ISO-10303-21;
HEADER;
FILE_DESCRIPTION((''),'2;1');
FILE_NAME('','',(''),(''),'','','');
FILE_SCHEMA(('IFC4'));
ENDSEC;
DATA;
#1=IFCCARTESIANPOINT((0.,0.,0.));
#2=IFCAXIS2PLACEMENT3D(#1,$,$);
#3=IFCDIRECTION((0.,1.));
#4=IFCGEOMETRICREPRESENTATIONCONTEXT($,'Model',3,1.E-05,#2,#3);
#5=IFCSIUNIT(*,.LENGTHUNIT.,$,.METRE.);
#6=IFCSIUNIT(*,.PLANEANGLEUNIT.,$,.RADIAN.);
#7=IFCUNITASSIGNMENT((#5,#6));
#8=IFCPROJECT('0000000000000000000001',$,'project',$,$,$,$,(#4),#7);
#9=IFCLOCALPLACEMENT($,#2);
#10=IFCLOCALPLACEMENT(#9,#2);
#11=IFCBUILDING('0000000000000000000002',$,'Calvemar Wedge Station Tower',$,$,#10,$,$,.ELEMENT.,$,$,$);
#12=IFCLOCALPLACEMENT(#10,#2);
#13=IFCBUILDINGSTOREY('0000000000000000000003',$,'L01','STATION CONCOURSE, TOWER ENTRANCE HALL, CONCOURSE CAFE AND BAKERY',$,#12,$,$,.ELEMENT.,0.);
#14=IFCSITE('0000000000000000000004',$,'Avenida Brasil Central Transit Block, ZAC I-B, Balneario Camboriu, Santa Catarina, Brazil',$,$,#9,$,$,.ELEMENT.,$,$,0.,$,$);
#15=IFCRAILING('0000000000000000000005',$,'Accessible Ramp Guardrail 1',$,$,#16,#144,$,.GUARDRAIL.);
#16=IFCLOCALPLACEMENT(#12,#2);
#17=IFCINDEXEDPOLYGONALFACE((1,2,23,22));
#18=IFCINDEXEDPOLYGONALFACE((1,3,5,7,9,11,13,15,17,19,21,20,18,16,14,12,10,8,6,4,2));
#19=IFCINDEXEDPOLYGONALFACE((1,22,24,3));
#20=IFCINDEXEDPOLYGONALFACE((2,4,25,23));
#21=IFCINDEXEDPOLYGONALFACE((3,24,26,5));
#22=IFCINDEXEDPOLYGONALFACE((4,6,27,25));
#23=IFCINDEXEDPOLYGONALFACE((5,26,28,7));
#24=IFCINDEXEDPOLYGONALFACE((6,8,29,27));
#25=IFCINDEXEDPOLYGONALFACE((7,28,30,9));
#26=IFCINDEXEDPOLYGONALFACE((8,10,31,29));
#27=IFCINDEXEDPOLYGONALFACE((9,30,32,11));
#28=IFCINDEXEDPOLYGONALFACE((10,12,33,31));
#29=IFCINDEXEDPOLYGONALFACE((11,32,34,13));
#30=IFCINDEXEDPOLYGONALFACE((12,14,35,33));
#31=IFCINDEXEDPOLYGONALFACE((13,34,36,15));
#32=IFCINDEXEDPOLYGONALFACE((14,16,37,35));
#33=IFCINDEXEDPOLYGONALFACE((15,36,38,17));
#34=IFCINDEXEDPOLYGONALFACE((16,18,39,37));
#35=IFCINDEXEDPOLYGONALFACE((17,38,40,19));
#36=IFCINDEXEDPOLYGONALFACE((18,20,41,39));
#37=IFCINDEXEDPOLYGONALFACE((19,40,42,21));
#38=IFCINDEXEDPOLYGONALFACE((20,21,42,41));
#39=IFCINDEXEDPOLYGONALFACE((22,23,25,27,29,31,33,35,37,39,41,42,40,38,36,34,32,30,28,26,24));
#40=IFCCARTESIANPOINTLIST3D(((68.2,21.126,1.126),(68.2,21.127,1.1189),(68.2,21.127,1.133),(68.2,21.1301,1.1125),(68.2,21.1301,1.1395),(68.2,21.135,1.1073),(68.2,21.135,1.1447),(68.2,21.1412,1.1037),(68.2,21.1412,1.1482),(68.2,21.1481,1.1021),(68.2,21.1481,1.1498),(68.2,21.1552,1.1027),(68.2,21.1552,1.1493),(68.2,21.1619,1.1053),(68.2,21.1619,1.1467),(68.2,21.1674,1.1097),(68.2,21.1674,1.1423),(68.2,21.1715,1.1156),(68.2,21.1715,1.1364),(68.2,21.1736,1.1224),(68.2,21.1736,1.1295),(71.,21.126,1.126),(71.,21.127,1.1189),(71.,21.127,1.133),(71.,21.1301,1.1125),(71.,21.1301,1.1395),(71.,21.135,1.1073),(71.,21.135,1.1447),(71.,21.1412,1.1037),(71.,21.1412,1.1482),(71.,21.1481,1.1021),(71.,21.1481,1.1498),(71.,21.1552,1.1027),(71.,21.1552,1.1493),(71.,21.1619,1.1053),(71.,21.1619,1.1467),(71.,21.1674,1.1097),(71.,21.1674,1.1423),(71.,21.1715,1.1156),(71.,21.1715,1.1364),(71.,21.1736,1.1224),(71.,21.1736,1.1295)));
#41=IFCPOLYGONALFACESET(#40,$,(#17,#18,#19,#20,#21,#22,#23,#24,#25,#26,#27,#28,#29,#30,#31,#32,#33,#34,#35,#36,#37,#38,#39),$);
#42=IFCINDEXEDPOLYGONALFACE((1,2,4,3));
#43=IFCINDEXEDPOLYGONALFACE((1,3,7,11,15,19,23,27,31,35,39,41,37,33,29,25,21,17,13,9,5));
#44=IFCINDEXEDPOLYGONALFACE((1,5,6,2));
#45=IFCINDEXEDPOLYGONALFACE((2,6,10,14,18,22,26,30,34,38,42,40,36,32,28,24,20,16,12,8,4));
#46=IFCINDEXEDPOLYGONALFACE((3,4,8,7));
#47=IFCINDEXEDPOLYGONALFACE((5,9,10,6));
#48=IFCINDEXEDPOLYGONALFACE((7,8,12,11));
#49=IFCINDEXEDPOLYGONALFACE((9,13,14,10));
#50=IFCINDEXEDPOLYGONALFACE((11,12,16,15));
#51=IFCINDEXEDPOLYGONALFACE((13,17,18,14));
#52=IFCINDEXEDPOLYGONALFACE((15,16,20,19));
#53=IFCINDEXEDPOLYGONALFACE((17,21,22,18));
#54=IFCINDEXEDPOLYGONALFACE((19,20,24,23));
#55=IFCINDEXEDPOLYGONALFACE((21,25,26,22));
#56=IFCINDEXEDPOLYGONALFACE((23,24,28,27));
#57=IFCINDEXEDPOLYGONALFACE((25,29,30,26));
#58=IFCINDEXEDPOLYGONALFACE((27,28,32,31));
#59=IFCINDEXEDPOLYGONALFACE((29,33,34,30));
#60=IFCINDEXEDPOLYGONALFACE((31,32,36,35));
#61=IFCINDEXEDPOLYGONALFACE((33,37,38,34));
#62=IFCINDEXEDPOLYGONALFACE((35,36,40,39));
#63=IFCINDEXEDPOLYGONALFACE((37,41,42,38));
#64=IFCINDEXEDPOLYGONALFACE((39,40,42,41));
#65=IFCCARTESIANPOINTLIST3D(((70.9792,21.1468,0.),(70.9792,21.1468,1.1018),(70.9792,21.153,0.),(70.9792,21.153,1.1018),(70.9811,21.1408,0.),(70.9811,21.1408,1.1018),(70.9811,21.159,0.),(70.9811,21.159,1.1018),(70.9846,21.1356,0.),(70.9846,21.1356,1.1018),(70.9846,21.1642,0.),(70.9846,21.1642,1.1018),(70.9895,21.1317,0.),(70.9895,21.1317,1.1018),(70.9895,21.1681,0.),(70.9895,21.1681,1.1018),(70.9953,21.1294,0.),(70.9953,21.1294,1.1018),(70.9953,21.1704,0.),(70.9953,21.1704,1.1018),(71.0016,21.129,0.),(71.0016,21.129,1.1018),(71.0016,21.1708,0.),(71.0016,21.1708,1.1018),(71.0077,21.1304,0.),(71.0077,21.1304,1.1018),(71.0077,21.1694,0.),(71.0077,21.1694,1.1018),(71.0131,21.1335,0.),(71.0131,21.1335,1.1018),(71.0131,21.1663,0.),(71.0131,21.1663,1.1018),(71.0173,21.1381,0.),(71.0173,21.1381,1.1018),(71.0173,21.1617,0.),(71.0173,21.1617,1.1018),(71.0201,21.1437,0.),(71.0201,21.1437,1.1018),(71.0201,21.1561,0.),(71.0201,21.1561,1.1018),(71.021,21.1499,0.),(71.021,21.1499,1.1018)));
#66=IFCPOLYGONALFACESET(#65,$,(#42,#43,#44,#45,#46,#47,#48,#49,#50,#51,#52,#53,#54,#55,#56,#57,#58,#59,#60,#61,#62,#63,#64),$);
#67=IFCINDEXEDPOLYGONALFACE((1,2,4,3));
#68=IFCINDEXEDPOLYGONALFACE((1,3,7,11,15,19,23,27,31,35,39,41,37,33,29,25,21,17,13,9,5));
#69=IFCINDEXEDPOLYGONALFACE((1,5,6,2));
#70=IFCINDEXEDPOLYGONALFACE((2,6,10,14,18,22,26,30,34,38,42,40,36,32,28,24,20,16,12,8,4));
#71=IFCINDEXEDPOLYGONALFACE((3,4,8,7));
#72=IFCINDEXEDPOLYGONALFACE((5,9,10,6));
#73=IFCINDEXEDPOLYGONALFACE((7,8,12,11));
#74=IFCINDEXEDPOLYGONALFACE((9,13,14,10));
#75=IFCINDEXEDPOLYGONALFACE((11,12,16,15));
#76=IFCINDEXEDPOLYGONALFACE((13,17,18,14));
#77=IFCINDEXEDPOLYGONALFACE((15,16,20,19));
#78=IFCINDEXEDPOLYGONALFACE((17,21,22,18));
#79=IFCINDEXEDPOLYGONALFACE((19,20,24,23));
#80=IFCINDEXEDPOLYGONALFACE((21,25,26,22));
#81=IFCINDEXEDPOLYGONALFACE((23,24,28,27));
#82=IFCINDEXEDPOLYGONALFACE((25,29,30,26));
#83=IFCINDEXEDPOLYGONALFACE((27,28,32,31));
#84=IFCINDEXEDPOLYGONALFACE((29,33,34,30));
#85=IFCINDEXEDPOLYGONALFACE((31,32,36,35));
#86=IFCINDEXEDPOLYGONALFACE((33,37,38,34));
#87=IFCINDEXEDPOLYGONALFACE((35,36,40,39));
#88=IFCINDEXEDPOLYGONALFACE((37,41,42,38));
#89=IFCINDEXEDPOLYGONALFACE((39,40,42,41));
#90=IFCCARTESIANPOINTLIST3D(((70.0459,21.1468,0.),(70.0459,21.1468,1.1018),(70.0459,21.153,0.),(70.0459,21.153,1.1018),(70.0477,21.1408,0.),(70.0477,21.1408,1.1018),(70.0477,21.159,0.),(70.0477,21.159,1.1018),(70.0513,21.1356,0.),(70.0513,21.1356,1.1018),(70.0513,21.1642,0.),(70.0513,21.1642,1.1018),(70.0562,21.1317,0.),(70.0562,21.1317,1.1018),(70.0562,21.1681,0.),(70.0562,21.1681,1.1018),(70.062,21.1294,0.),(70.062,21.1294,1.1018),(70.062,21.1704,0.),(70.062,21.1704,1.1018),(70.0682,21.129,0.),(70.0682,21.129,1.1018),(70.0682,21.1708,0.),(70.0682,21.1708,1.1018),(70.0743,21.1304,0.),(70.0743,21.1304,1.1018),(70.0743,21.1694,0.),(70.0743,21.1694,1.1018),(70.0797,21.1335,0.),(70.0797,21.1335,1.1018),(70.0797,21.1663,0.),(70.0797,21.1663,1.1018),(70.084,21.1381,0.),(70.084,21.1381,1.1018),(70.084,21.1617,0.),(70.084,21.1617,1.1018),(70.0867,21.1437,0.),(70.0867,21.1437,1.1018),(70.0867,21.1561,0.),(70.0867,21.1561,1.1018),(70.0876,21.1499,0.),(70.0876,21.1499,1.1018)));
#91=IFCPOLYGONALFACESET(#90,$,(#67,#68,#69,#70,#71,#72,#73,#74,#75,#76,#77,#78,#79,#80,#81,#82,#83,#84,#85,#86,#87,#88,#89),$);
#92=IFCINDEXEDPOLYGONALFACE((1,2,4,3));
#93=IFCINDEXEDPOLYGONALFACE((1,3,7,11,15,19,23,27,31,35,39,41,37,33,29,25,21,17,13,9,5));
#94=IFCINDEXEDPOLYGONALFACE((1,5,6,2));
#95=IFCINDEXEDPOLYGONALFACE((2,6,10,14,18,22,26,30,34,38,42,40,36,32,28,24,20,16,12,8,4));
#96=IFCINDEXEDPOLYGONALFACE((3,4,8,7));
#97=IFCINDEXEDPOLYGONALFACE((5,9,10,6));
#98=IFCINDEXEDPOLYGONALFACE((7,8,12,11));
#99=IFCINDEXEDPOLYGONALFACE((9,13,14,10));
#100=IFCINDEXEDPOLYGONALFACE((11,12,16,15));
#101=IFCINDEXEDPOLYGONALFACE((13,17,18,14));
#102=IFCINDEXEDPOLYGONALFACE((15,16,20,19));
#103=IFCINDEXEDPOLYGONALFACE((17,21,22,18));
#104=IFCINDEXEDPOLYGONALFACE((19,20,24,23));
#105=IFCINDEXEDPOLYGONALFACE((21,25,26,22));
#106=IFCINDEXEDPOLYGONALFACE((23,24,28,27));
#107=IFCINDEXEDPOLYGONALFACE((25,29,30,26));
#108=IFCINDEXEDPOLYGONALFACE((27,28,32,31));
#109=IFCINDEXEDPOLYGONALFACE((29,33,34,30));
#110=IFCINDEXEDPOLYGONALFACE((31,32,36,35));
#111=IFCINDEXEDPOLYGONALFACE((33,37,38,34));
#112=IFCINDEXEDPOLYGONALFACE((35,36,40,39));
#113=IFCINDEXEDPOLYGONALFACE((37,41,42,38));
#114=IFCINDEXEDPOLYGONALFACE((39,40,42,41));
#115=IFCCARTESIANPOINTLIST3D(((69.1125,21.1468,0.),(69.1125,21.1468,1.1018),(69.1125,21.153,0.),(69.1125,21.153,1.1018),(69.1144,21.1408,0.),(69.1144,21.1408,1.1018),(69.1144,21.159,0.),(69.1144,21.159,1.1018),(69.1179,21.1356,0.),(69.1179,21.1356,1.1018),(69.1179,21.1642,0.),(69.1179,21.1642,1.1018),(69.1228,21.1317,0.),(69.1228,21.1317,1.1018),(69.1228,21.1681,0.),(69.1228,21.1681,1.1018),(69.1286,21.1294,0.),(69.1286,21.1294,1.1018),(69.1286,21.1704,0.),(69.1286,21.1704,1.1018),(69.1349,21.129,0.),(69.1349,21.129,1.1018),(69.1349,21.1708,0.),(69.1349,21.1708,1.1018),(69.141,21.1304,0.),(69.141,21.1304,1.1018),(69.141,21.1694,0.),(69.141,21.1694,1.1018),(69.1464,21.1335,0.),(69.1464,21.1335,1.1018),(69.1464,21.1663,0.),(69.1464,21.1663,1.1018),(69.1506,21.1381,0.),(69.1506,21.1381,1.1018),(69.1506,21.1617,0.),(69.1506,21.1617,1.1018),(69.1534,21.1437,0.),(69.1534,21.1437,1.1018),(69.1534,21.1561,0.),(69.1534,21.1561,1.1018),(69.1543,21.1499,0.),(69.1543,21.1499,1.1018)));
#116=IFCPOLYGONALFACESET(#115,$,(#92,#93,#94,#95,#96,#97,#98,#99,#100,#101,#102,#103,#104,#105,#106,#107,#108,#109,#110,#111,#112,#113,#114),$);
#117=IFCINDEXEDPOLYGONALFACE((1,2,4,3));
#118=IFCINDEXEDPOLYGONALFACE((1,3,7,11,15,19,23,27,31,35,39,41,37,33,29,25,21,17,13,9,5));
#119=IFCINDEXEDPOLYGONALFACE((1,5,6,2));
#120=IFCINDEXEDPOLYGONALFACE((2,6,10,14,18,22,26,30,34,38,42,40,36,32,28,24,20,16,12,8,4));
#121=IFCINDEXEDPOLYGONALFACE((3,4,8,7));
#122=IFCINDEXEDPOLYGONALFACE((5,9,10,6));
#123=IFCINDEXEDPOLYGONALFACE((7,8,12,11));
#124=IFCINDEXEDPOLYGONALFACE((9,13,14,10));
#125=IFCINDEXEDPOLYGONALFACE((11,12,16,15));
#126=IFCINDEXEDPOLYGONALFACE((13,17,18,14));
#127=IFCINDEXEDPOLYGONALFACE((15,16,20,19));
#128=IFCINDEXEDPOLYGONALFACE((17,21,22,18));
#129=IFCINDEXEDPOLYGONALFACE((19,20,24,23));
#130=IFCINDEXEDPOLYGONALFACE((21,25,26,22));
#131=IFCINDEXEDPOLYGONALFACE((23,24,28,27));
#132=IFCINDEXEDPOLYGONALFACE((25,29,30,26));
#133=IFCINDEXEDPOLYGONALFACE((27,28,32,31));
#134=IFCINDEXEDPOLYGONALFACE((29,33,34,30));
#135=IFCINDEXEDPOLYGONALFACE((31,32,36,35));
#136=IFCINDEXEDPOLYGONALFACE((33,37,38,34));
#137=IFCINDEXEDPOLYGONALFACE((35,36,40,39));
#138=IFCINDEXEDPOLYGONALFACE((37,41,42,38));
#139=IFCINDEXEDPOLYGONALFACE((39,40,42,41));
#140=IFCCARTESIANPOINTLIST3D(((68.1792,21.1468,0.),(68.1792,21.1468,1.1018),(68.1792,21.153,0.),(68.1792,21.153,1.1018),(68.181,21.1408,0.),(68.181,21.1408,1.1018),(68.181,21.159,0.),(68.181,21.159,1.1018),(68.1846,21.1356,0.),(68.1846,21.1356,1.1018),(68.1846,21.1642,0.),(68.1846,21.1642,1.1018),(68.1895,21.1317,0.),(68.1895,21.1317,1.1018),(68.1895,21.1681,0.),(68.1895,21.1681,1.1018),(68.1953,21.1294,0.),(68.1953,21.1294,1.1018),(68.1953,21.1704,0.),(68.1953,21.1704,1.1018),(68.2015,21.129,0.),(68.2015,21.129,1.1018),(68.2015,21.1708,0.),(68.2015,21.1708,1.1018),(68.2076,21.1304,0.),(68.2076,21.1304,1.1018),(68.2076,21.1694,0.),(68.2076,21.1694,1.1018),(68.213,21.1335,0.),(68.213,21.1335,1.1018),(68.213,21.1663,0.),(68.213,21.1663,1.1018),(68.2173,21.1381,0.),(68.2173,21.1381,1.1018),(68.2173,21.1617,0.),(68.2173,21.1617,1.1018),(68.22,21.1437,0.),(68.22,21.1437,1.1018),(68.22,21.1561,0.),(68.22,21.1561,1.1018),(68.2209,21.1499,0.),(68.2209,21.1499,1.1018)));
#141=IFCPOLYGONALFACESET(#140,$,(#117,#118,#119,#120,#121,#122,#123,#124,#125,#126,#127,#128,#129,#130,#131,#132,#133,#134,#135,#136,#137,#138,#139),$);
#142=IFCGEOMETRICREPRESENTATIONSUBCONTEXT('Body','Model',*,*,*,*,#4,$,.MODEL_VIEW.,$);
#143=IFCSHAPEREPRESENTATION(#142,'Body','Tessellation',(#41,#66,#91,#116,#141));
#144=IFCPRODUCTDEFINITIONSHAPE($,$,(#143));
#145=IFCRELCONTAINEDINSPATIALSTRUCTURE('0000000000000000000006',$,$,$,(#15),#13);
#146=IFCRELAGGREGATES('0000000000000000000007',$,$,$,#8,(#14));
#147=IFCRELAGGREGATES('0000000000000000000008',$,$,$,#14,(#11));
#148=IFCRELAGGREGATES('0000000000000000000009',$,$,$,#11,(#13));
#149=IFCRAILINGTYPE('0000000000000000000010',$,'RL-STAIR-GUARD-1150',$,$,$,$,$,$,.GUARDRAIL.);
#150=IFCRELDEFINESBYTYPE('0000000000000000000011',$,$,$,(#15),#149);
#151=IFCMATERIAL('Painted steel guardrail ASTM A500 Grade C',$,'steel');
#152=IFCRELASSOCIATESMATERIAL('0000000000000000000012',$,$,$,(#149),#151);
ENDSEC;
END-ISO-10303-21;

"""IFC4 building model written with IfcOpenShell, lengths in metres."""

from ifc_helpers import new_model, si_unit, direction, frame, origin, origin_2d, place, context, subcontext, project, spatial, circle, extrude, material, type_object, element, save


model = new_model("IFC4")

# Units and contexts
model_context = context("Model", 3, precision=1e-05, world=origin(), true_north=direction((0.0, 1.0)))
body_context = subcontext(model_context, "Body", "Model", "MODEL_VIEW")
ifc_project = project(units=[si_unit("LENGTHUNIT", "METRE"), si_unit("PLANEANGLEUNIT", "RADIAN")], contexts=[model_context])

# Site, building, storey
site_placement = place(None, origin())
site = spatial("IfcSite", under=ifc_project, at=site_placement, Name="Avenida Brasil Central Transit Block, ZAC I-B, Balneario Camboriu, Santa Catarina, Brazil", CompositionType="ELEMENT", RefElevation=0.0)
building_placement = place(site_placement, origin())
building = spatial("IfcBuilding", under=site, at=building_placement, Name="Calvemar Wedge Station Tower", CompositionType="ELEMENT")
storey_placement = place(building_placement, origin())
storey = spatial("IfcBuildingStorey", under=building, at=storey_placement, Name="L01", Description="STATION CONCOURSE, TOWER ENTRANCE HALL, CONCOURSE CAFE AND BAKERY", CompositionType="ELEMENT", Elevation=0.0)

# Railing
ifc_material_1 = material(Name="Painted steel guardrail ASTM A500 Grade C", Category="steel")
railing_type = type_object("IfcRailingType", Name="RL-STAIR-GUARD-1150", PredefinedType="GUARDRAIL", material=ifc_material_1)
for number, where, name in (
    (1, (71.0, 21.1499, 0.0), "Accessible Ramp Guardrail 1"),
):
    element("IfcRailing", number, at=place(storey_placement, frame(where)), inside=storey, type_object=railing_type, Name=name, PredefinedType="GUARDRAIL", context=body_context, shape_type="SweptSolid", body=[
        extrude(circle(Radius=0.0239, at=origin_2d()), frame((0.0, 0.0, 1.126), z_axis=(-1.0, 0.0, 0.0), x_axis=(0.0, -1.0, 0.0)), (0.0, 0.0, 1.0), 2.8),
        extrude(circle(Radius=0.021, at=origin_2d()), origin(), (0.0, 0.0, 1.0), 1.1018),
        extrude(circle(Radius=0.021, at=origin_2d()), frame((-0.9333, 0.0, 0.0)), (0.0, 0.0, 1.0), 1.1018),
        extrude(circle(Radius=0.021, at=origin_2d()), frame((-1.8667, 0.0, 0.0)), (0.0, 0.0, 1.0), 1.1018),
        extrude(circle(Radius=0.021, at=origin_2d()), frame((-2.8, 0.0, 0.0)), (0.0, 0.0, 1.0), 1.1018),
    ])

save(model, "model.ifc")
